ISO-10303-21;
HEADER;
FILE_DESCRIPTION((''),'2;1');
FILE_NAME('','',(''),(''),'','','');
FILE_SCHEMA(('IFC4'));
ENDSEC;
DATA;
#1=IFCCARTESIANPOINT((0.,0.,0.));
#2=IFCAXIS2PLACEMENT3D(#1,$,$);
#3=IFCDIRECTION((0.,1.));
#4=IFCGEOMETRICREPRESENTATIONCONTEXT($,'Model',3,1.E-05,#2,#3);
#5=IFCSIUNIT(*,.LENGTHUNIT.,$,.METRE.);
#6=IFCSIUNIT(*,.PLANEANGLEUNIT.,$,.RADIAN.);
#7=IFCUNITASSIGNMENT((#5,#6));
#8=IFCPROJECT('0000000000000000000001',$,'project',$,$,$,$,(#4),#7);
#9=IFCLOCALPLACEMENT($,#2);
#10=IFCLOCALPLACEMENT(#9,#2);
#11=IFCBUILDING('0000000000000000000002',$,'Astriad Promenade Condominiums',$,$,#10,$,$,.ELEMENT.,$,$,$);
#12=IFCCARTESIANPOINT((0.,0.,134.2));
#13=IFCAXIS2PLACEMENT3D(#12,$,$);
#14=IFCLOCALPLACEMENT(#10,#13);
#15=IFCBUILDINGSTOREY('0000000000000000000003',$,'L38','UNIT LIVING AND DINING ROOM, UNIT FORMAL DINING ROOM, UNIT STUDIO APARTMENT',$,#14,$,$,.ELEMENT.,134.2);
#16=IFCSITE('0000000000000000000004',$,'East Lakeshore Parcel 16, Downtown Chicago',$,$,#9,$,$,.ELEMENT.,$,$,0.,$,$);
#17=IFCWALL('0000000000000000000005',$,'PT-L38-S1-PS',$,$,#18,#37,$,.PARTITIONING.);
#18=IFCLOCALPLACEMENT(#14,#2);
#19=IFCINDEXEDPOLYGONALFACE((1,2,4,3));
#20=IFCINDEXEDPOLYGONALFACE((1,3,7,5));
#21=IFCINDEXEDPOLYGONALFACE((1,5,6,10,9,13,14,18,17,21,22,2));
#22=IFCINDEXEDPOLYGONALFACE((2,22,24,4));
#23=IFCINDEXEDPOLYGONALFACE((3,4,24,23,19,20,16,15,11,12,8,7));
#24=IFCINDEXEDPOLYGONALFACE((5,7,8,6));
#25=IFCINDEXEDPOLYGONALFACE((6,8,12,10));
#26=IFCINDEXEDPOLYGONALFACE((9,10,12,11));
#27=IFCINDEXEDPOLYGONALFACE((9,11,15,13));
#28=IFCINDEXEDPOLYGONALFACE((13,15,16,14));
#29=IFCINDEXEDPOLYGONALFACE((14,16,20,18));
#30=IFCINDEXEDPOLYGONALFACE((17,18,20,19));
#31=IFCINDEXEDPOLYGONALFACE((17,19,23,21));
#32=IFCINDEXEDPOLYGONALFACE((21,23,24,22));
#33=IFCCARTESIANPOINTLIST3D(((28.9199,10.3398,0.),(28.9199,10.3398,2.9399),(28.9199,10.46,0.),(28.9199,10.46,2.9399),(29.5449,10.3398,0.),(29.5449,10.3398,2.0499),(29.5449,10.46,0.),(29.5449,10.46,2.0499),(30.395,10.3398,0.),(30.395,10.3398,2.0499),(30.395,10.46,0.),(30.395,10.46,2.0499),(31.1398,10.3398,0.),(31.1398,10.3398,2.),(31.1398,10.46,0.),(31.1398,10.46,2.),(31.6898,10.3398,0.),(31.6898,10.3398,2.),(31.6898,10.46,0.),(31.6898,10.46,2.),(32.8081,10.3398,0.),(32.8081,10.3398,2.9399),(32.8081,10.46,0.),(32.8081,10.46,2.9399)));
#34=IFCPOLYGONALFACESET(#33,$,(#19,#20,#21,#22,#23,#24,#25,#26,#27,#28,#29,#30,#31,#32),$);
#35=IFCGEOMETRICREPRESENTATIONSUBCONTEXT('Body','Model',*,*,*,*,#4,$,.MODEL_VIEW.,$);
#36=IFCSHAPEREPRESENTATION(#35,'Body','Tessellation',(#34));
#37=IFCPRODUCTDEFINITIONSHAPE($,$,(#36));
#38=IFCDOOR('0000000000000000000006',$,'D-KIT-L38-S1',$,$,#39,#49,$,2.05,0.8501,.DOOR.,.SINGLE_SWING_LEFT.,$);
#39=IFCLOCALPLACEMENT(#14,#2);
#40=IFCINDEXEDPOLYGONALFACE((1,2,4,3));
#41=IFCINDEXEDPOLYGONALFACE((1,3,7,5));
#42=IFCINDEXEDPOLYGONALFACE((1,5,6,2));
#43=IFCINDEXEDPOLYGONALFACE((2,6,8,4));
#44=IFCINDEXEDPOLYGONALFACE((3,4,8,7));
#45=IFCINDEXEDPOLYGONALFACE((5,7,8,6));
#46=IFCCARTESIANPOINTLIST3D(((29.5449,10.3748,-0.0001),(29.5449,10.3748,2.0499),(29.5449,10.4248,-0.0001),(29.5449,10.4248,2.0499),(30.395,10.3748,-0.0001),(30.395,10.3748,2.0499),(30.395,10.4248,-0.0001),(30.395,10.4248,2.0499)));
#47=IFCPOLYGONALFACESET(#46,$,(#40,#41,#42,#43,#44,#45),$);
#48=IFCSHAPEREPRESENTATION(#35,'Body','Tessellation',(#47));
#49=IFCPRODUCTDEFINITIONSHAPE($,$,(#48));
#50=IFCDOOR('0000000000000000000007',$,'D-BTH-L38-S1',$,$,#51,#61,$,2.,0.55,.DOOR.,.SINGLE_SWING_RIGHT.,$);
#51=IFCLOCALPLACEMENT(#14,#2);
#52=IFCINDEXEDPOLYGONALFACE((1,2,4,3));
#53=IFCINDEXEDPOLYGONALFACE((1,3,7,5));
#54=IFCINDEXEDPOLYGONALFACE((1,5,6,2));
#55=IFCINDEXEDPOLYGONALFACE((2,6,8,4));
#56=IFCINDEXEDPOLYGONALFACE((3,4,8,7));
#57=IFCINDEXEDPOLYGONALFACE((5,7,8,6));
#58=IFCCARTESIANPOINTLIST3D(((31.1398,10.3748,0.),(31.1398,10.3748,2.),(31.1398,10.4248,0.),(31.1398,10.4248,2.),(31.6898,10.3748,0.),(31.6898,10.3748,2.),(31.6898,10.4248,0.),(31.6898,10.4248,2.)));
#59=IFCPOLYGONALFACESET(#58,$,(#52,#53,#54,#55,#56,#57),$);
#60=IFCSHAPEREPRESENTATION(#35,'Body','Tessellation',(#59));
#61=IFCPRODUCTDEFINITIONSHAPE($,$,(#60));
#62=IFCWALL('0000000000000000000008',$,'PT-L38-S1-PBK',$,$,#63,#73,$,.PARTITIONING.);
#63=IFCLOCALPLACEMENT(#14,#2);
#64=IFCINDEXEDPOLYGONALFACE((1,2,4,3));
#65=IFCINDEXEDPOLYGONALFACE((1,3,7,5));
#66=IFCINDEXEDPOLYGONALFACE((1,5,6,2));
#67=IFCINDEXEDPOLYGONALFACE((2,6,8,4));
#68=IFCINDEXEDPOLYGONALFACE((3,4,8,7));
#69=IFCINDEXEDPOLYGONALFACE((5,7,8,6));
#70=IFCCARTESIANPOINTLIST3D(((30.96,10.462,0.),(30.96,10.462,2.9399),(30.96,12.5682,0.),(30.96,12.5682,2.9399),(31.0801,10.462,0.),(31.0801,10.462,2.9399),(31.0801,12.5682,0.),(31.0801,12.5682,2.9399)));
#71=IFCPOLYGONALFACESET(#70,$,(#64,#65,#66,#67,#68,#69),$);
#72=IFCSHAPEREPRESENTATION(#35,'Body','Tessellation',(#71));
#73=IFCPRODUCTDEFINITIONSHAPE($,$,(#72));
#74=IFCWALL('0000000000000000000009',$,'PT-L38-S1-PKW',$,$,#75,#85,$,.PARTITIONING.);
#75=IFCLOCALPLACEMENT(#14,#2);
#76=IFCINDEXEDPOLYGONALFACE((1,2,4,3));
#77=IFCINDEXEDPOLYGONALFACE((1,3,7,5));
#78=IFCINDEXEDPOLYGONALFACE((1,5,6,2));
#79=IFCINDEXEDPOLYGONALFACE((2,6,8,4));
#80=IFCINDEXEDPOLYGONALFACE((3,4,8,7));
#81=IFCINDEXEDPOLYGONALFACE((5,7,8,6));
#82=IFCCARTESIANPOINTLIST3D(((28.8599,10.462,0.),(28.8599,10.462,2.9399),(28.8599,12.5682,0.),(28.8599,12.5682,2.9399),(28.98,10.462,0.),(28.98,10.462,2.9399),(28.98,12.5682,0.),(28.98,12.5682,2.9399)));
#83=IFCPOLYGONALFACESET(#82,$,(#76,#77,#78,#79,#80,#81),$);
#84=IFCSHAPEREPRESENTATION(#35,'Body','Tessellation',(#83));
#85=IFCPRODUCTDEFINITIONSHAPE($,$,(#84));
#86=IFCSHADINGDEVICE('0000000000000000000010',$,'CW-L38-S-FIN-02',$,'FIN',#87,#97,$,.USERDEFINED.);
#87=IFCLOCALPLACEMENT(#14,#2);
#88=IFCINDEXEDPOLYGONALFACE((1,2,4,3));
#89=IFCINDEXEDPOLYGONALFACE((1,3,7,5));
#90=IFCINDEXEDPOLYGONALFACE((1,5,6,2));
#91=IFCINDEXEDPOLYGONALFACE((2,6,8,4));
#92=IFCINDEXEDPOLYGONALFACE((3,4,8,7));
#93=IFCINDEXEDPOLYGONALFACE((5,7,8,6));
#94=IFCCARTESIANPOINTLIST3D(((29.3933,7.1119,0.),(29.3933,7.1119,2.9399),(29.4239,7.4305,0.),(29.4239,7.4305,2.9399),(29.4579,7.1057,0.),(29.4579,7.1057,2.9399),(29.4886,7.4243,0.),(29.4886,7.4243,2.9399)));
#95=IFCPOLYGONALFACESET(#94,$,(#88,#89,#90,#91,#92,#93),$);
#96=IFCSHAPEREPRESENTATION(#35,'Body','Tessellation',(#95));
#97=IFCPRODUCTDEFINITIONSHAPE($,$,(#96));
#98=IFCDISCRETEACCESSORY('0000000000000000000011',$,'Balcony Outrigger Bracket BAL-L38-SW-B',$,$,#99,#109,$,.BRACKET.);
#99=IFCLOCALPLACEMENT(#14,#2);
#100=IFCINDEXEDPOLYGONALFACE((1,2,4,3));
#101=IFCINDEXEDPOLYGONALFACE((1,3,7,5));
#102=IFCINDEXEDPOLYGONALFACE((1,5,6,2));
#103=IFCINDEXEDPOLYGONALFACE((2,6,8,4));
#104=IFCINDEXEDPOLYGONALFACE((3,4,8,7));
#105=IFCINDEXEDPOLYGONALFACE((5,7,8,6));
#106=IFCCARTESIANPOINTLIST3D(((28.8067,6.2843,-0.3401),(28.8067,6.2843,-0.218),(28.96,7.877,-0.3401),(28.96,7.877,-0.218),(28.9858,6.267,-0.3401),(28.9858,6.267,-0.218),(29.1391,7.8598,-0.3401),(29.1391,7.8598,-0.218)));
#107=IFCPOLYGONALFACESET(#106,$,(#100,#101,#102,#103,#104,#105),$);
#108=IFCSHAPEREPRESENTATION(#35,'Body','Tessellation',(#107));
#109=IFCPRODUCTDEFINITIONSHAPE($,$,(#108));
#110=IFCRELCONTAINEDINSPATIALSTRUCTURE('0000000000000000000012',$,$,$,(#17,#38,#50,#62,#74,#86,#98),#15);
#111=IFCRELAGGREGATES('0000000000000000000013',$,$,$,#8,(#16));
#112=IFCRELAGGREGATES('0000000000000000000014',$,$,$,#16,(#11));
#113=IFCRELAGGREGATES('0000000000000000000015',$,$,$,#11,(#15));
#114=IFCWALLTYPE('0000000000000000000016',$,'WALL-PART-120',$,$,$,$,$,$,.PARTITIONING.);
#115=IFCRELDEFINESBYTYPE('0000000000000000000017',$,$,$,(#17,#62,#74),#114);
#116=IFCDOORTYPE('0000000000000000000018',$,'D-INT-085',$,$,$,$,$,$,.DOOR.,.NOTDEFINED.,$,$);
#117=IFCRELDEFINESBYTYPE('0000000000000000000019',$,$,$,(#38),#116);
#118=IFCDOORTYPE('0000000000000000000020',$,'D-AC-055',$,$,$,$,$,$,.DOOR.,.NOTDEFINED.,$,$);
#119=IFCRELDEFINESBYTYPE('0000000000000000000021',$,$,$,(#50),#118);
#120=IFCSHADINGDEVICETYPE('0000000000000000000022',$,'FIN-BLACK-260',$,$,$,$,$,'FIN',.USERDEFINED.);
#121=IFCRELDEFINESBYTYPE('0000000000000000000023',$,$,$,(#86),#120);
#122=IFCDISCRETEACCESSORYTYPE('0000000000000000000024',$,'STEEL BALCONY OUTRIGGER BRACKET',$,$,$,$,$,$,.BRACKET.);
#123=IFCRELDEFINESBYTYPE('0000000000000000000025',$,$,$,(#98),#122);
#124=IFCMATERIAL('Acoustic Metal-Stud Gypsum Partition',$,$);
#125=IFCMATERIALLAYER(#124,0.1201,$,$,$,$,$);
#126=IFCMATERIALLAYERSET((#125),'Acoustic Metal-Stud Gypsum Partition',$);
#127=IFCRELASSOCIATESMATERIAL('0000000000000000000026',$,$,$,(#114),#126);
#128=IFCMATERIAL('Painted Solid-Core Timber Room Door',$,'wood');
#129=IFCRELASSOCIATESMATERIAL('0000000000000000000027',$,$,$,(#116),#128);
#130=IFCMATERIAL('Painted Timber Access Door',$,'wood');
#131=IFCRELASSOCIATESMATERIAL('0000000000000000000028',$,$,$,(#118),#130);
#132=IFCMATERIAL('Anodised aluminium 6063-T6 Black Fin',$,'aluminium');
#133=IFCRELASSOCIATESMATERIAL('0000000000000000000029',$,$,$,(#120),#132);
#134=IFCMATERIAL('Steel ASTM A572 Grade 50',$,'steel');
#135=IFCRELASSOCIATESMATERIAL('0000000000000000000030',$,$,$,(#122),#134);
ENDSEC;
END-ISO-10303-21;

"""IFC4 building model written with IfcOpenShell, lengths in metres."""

from ifc_helpers import new_model, si_unit, direction, frame, frame_2d, origin, origin_2d, place, context, subcontext, project, spatial, rectangle, extrude, source, transform, mapped, material, layer, layer_set, type_object, type_shapes, element, fill, save


model = new_model("IFC4")

# Units and contexts
model_context = context("Model", 3, precision=1e-05, world=origin(), true_north=direction((0.0, 1.0)))
body_context = subcontext(model_context, "Body", "Model", "MODEL_VIEW")
ifc_project = project(units=[si_unit("LENGTHUNIT", "METRE"), si_unit("PLANEANGLEUNIT", "RADIAN")], contexts=[model_context])

# Site, building, storey
site_placement = place(None, origin())
site = spatial("IfcSite", under=ifc_project, at=site_placement, Name="East Lakeshore Parcel 16, Downtown Chicago", CompositionType="ELEMENT", RefElevation=0.0)
building_placement = place(site_placement, origin())
building = spatial("IfcBuilding", under=site, at=building_placement, Name="Astriad Promenade Condominiums", CompositionType="ELEMENT")
storey_placement = place(building_placement, frame((0.0, 0.0, 134.2)))
storey = spatial("IfcBuildingStorey", under=building, at=storey_placement, Name="L38", Description="UNIT LIVING AND DINING ROOM, UNIT FORMAL DINING ROOM, UNIT STUDIO APARTMENT", CompositionType="ELEMENT", Elevation=134.2)

# Wall, openings, doors
ifc_material_1 = material(Name="Acoustic Metal-Stud Gypsum Partition")
ifc_layer_1 = layer(ifc_material_1, 0.1201)
ifc_layer_set_1 = layer_set([ifc_layer_1], Name="Acoustic Metal-Stud Gypsum Partition")
wall_type_1 = type_object("IfcWallType", Name="WALL-PART-120", PredefinedType="PARTITIONING", material=ifc_layer_set_1)
wall_1_placement = place(storey_placement, frame((28.9199, 10.3999, 0.0), z_axis=(0.0, 0.0, 1.0), x_axis=(1.0, 0.0, 0.0)))
wall_1 = element("IfcWall", 1, at=wall_1_placement, inside=storey, type_object=wall_type_1, Name="PT-L38-S1-PS", PredefinedType="PARTITIONING", context=body_context, shape_type="SweptSolid", body=[
    extrude(rectangle(XDim=3.8882, YDim=0.1201, at=frame_2d((1.9441, 0.0))), origin(), (0.0, 0.0, 1.0), 2.9399),
])
opening_1_placement = place(wall_1_placement, frame((0.625, 0.0, 0.0)))
opening_1 = element("IfcOpeningElement", 2, at=opening_1_placement, cuts=wall_1, PredefinedType="OPENING", context=body_context, shape_type="SweptSolid", body=[
    extrude(rectangle(XDim=0.8501, YDim=2.05, at=frame_2d((0.425, 1.0249))), frame((0.0, 0.0701, 0.0), z_axis=(0.0, -1.0, 0.0), x_axis=(1.0, 0.0, 0.0)), (0.0, 0.0, 1.0), 0.1401),
])
opening_2_placement = place(wall_1_placement, frame((2.22, 0.0, 0.0)))
opening_2 = element("IfcOpeningElement", 3, at=opening_2_placement, cuts=wall_1, PredefinedType="OPENING", context=body_context, shape_type="SweptSolid", body=[
    extrude(rectangle(XDim=0.55, YDim=2.0, at=frame_2d((0.2749, 1.0))), frame((0.0, 0.0701, 0.0), z_axis=(0.0, -1.0, 0.0), x_axis=(1.0, 0.0, 0.0)), (0.0, 0.0, 1.0), 0.1401),
])
ifc_material_2 = material(Name="Painted Solid-Core Timber Room Door", Category="wood")
door_type_1 = type_object("IfcDoorType", Name="D-INT-085", OperationType="NOTDEFINED", PredefinedType="DOOR", material=ifc_material_2)
shared_shape_1 = source(origin(), body_context, "Body", "SweptSolid", [
    extrude(rectangle(XDim=0.8501, YDim=2.05, at=frame_2d((0.425, 1.0249))), frame((0.0, 0.0249, 0.0), z_axis=(0.0, -1.0, 0.0), x_axis=(1.0, 0.0, 0.0)), (0.0, 0.0, 1.0), 0.05),
])
type_shapes(door_type_1, [shared_shape_1])
door_1_placement = place(opening_1_placement, origin())
door_1 = element("IfcDoor", 4, at=door_1_placement, inside=storey, type_object=door_type_1, Name="D-KIT-L38-S1", OperationType="SINGLE_SWING_LEFT", OverallHeight=2.05, OverallWidth=0.8501, PredefinedType="DOOR", context=body_context, shape_type="MappedRepresentation", body=[
    mapped(shared_shape_1, transform((0.0, 0.0, 0.0), scale=1.0)),
])
fill(opening_1, door_1)
ifc_material_3 = material(Name="Painted Timber Access Door", Category="wood")
door_type_2 = type_object("IfcDoorType", Name="D-AC-055", OperationType="NOTDEFINED", PredefinedType="DOOR", material=ifc_material_3)
shared_shape_2 = source(origin(), body_context, "Body", "SweptSolid", [
    extrude(rectangle(XDim=0.55, YDim=2.0, at=frame_2d((0.2749, 1.0))), frame((0.0, 0.0249, 0.0), z_axis=(0.0, -1.0, 0.0), x_axis=(1.0, 0.0, 0.0)), (0.0, 0.0, 1.0), 0.05),
])
type_shapes(door_type_2, [shared_shape_2])
door_2_placement = place(opening_2_placement, origin())
door_2 = element("IfcDoor", 5, at=door_2_placement, inside=storey, type_object=door_type_2, Name="D-BTH-L38-S1", OperationType="SINGLE_SWING_RIGHT", OverallHeight=2.0, OverallWidth=0.55, PredefinedType="DOOR", context=body_context, shape_type="MappedRepresentation", body=[
    mapped(shared_shape_2, transform((0.0, 0.0, 0.0), scale=1.0)),
])
fill(opening_2, door_2)

# Walls
for number, where, z_axis, x_axis, name in (
    (6, (31.02, 10.4619, 0.0), (0.0, 0.0, 1.0), (0.0, 1.0, 0.0), "PT-L38-S1-PBK"),
    (7, (28.9199, 10.4619, 0.0), (0.0, 0.0, 1.0), (0.0, 1.0, 0.0), "PT-L38-S1-PKW"),
):
    element("IfcWall", number, at=place(storey_placement, frame(where, z_axis=z_axis, x_axis=x_axis)), inside=storey, type_object=wall_type_1, Name=name, PredefinedType="PARTITIONING", context=body_context, shape_type="SweptSolid", body=[
        extrude(rectangle(XDim=2.1062, YDim=0.1201, at=frame_2d((1.0532, 0.0))), origin(), (0.0, 0.0, 1.0), 2.9399),
    ])

# Shading device
ifc_material_4 = material(Name="Anodised aluminium 6063-T6 Black Fin", Category="aluminium")
shading_device_type = type_object("IfcShadingDeviceType", Name="FIN-BLACK-260", ElementType="FIN", PredefinedType="USERDEFINED", material=ifc_material_4)
shared_shape_3 = source(origin(), body_context, "Body", "SweptSolid", [
    extrude(rectangle(XDim=0.0649, YDim=0.3201, at=origin_2d()), origin(), (0.0, 0.0, 1.0), 2.9399),
])
type_shapes(shading_device_type, [shared_shape_3])
shading_device_placement = place(storey_placement, frame((29.4409, 7.2681, 0.0), z_axis=(0.0, 0.0, 1.0), x_axis=(-0.995396, 0.095846, 0.0)))
element("IfcShadingDevice", 8, at=shading_device_placement, inside=storey, type_object=shading_device_type, Name="CW-L38-S-FIN-02", ObjectType="FIN", PredefinedType="USERDEFINED", context=body_context, shape_type="MappedRepresentation", body=[
    mapped(shared_shape_3, transform((0.0, 0.0, 0.0), scale=1.0)),
])

# Discrete accessory
ifc_material_5 = material(Name="Steel ASTM A572 Grade 50", Category="steel")
discrete_accessory_type = type_object("IfcDiscreteAccessoryType", Name="STEEL BALCONY OUTRIGGER BRACKET", PredefinedType="BRACKET", material=ifc_material_5)
shared_shape_4 = source(origin(), body_context, "Body", "SweptSolid", [
    extrude(rectangle(XDim=1.6001, YDim=0.1799, at=origin_2d()), origin(), (0.0, 0.0, 1.0), 0.1221),
])
type_shapes(discrete_accessory_type, [shared_shape_4])
discrete_accessory_placement = place(storey_placement, frame((28.9729, 7.072, -0.3401), z_axis=(0.0, 0.0, 1.0), x_axis=(-0.095846, -0.995396, 0.0)))
element("IfcDiscreteAccessory", 9, at=discrete_accessory_placement, inside=storey, type_object=discrete_accessory_type, Name="Balcony Outrigger Bracket BAL-L38-SW-B", PredefinedType="BRACKET", context=body_context, shape_type="MappedRepresentation", body=[
    mapped(shared_shape_4, transform((0.0, 0.0, 0.0), scale=1.0)),
])

save(model, "model.ifc")
